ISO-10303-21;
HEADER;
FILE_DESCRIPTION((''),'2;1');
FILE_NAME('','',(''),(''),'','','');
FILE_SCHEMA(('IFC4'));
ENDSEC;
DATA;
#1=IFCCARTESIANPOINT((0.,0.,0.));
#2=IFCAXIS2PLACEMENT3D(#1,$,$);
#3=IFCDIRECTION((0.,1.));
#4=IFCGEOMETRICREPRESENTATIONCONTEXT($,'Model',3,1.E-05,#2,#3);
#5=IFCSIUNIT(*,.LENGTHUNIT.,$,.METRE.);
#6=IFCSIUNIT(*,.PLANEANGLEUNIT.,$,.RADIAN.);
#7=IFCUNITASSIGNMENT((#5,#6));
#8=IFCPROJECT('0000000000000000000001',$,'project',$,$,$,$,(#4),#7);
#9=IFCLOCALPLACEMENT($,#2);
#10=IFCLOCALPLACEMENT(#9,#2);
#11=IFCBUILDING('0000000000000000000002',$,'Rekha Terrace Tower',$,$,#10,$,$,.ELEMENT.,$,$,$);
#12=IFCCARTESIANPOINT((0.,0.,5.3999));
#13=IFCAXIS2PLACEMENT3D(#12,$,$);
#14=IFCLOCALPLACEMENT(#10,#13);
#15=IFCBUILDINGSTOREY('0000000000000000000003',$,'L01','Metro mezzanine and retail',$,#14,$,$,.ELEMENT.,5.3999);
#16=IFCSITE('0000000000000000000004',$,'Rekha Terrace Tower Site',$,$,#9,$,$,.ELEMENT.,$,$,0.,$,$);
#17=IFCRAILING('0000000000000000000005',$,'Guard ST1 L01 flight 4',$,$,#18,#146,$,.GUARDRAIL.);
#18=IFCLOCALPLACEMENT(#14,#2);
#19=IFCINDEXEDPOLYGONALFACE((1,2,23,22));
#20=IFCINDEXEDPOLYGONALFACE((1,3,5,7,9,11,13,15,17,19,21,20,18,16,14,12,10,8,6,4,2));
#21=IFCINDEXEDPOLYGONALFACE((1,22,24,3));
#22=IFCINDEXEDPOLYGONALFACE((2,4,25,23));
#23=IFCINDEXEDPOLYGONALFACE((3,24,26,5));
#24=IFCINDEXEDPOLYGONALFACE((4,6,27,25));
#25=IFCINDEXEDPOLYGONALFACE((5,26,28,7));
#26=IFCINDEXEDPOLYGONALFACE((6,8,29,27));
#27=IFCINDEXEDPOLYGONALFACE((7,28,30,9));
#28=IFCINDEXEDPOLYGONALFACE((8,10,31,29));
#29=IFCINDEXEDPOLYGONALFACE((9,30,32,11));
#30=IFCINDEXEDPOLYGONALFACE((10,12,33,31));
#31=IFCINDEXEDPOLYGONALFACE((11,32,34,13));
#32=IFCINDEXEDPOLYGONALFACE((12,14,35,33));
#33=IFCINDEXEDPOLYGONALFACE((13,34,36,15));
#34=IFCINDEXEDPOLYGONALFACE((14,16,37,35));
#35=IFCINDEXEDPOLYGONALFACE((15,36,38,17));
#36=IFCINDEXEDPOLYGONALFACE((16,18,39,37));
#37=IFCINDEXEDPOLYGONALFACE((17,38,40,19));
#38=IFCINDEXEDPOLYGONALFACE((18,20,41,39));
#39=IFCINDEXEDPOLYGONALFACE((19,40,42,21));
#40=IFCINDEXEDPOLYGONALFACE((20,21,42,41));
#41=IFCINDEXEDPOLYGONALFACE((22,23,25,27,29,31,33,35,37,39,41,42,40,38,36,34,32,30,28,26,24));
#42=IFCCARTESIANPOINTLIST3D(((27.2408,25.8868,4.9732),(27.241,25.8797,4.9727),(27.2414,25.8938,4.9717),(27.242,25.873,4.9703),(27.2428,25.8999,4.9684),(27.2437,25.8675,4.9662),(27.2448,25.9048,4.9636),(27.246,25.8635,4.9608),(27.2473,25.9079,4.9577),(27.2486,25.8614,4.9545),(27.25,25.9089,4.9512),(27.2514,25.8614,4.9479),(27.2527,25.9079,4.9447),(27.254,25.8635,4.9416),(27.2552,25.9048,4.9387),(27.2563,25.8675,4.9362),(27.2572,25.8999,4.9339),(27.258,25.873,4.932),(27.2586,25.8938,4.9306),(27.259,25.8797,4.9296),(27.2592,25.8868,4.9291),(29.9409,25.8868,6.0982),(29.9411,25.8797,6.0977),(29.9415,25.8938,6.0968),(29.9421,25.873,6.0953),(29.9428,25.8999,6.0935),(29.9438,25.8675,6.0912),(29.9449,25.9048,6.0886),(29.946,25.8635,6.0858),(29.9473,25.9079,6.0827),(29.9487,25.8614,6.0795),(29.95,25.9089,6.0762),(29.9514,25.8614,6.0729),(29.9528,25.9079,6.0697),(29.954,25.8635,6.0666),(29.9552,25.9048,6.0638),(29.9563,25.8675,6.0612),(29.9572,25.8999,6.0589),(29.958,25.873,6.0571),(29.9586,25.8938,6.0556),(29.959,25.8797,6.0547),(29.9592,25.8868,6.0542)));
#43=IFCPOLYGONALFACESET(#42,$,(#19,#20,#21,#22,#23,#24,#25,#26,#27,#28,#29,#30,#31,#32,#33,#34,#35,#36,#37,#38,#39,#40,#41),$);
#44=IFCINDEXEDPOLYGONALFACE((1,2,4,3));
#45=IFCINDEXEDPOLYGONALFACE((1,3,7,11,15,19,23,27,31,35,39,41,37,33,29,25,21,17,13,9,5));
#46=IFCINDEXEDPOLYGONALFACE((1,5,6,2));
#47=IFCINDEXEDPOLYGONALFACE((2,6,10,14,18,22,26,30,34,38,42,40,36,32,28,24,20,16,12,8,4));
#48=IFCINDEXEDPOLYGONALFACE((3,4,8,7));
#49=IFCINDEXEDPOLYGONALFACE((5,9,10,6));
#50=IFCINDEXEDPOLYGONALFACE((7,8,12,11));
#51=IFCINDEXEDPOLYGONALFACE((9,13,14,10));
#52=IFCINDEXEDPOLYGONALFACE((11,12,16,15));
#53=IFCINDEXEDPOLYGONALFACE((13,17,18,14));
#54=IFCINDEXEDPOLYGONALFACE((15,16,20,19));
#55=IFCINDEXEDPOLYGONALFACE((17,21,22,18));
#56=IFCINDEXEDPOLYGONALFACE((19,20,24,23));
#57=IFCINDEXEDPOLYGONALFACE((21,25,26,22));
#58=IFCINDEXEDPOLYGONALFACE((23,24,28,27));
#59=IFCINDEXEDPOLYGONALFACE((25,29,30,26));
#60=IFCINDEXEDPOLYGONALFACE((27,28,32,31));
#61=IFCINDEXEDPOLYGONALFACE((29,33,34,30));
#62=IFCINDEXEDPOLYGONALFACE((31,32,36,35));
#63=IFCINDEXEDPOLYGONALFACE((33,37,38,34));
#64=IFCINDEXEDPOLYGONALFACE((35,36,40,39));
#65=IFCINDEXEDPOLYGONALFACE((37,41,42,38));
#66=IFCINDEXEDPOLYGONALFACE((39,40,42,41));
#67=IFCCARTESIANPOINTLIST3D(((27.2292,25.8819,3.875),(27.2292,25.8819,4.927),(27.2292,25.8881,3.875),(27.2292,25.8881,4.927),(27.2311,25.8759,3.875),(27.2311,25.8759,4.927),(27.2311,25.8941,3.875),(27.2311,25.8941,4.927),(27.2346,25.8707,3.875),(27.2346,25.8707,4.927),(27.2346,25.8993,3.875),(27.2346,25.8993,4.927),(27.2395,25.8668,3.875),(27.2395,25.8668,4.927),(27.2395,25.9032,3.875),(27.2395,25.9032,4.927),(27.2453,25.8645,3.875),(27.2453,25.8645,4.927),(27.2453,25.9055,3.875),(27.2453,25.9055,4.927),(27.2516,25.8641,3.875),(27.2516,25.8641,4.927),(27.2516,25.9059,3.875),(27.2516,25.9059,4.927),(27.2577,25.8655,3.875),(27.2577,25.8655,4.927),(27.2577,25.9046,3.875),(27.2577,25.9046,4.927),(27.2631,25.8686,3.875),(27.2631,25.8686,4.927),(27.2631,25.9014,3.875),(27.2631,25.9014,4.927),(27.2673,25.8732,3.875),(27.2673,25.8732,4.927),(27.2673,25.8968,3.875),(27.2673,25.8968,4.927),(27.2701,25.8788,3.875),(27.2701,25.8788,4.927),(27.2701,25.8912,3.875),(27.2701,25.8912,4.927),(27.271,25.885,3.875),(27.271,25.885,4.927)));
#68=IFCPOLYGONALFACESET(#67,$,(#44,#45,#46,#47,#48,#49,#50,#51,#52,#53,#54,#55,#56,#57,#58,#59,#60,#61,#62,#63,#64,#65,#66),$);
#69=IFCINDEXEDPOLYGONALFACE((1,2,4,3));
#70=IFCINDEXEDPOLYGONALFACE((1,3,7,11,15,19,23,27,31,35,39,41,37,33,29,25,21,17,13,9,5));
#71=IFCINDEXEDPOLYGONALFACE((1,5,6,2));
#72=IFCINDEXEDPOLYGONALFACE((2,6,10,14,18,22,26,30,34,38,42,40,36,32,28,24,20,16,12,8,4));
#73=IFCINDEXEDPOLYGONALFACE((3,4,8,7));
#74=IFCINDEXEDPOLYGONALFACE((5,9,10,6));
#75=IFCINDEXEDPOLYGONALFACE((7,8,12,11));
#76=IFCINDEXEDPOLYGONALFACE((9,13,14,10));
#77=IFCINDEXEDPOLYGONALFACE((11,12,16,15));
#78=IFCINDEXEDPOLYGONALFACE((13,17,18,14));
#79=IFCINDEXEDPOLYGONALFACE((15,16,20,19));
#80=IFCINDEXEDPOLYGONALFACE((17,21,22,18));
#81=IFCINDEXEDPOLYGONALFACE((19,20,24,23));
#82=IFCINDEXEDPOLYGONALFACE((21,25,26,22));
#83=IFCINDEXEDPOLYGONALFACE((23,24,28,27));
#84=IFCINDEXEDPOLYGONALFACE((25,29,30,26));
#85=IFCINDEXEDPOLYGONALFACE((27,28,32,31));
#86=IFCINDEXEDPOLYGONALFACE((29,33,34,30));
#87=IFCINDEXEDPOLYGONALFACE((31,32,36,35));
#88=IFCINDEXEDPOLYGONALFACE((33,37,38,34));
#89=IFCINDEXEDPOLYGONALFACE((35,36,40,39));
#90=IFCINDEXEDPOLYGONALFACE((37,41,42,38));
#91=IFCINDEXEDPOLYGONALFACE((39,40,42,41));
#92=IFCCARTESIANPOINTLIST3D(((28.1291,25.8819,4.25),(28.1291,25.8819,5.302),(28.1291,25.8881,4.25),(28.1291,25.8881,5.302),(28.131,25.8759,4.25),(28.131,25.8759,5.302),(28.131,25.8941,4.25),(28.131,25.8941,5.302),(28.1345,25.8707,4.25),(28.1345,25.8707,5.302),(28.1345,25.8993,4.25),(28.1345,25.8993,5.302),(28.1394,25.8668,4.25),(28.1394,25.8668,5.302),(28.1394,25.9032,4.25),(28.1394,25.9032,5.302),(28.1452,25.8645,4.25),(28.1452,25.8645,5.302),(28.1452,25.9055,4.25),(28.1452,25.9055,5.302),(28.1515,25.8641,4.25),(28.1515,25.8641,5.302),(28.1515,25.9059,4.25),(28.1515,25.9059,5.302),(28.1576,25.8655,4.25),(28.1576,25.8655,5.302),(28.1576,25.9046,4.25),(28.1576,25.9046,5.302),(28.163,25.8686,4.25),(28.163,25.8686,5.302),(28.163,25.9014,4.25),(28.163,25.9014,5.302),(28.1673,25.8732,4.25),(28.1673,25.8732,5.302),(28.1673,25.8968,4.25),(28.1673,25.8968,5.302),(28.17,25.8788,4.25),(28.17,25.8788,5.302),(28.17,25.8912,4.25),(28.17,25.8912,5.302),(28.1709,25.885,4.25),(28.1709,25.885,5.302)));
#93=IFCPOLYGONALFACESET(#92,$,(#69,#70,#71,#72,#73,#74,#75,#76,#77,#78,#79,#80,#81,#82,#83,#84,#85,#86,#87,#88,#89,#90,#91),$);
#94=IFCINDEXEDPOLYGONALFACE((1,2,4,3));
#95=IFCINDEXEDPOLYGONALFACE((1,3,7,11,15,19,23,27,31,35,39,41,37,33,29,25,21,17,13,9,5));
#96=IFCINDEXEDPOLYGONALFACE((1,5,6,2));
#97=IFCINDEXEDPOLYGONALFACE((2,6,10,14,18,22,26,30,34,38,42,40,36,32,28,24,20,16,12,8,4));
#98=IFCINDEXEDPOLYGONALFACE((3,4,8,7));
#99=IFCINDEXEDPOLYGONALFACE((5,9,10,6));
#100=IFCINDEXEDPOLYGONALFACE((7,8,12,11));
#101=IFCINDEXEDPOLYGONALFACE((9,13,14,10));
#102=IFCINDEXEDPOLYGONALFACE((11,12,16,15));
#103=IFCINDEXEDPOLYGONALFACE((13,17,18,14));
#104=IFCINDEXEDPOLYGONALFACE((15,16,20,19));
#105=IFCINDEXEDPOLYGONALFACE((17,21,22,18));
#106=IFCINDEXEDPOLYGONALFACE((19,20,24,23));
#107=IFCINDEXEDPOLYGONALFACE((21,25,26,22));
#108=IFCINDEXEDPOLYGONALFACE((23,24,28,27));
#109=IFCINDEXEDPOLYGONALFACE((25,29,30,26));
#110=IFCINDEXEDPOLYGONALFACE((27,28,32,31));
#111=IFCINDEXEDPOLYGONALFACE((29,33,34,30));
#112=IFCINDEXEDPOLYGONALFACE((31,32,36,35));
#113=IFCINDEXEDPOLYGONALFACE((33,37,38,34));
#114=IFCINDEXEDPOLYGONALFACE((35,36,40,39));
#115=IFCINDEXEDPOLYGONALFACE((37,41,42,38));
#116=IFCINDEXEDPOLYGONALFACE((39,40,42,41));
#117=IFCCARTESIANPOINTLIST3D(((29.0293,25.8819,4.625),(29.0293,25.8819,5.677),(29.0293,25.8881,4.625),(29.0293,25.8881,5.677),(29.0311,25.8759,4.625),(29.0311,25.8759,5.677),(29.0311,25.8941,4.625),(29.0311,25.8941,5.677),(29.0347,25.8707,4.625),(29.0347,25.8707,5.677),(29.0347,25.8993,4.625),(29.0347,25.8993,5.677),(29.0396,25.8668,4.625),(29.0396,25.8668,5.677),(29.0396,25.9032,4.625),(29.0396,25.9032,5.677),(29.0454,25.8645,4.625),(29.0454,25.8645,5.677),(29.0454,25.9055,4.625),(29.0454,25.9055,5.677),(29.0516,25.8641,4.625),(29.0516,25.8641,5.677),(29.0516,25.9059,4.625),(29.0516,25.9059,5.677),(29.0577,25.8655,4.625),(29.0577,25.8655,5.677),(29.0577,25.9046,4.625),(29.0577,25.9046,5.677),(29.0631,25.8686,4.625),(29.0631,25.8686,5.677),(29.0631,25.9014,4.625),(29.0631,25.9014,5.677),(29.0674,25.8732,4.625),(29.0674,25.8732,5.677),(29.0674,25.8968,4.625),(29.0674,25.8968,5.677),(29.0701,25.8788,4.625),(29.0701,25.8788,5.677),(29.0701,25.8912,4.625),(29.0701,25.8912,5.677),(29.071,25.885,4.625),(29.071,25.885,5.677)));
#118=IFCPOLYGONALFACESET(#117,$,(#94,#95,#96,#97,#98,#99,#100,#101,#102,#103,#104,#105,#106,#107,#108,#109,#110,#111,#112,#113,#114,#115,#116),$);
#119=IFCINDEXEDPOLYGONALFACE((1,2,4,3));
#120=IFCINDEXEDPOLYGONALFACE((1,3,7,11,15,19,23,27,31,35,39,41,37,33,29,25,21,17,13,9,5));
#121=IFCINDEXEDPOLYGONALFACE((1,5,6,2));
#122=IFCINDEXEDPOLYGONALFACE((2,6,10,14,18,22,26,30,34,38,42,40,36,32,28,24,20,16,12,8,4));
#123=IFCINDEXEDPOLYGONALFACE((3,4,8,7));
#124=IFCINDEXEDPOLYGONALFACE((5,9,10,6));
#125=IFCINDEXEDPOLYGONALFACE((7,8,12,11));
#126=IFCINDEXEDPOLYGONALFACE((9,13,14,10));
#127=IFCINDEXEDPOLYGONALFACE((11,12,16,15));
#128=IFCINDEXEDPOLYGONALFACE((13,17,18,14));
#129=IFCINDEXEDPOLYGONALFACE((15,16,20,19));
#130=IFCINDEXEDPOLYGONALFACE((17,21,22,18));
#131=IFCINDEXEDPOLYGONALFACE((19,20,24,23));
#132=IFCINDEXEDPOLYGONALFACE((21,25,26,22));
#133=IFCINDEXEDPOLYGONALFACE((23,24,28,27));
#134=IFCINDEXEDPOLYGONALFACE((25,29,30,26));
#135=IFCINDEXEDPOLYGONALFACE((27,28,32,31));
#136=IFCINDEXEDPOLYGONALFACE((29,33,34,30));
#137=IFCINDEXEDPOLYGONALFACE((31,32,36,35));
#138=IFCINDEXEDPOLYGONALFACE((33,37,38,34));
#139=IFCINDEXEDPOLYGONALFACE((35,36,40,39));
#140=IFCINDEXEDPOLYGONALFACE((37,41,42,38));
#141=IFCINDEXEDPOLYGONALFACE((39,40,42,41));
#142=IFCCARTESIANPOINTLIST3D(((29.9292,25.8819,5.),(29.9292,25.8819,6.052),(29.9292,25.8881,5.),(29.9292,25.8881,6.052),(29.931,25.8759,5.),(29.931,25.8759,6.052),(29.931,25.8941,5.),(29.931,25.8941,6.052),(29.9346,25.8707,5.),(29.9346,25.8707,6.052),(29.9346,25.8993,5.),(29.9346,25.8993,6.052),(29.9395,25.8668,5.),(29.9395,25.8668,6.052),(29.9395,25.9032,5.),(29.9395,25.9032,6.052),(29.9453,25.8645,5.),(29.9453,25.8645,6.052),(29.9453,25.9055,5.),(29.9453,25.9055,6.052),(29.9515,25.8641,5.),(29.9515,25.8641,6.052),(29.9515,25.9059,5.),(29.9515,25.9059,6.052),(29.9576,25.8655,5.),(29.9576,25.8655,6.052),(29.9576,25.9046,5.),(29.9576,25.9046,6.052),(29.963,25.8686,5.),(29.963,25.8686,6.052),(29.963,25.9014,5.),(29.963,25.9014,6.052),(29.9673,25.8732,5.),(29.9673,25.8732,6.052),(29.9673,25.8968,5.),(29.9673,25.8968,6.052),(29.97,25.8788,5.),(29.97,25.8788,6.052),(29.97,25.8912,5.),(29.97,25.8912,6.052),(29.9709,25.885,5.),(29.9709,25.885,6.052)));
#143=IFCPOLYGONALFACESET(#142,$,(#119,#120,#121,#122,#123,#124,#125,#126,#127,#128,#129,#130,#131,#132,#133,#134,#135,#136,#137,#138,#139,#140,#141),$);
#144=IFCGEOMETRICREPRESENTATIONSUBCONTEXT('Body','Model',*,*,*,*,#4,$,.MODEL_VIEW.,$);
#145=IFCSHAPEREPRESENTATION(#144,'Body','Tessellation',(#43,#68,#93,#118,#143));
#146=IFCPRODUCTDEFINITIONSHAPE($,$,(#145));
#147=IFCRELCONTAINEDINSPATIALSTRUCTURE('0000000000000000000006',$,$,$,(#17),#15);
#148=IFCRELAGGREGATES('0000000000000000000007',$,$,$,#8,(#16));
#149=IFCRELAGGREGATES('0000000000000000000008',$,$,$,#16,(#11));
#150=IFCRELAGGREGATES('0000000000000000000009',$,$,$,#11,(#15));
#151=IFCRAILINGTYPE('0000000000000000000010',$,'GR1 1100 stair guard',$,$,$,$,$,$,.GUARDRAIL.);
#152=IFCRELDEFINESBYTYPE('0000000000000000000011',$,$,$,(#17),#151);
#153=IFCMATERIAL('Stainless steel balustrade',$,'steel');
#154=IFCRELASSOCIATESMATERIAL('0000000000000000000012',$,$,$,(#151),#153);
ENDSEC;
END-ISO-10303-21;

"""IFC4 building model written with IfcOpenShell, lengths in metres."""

from ifc_helpers import new_model, si_unit, direction, frame, origin, origin_2d, place, context, subcontext, project, spatial, circle, extrude, material, type_object, element, save


model = new_model("IFC4")

# Units and contexts
model_context = context("Model", 3, precision=1e-05, world=origin(), true_north=direction((0.0, 1.0)))
body_context = subcontext(model_context, "Body", "Model", "MODEL_VIEW")
ifc_project = project(units=[si_unit("LENGTHUNIT", "METRE"), si_unit("PLANEANGLEUNIT", "RADIAN")], contexts=[model_context])

# Site, building, storey
site_placement = place(None, origin())
site = spatial("IfcSite", under=ifc_project, at=site_placement, Name="Rekha Terrace Tower Site", CompositionType="ELEMENT", RefElevation=0.0)
building_placement = place(site_placement, origin())
building = spatial("IfcBuilding", under=site, at=building_placement, Name="Rekha Terrace Tower", CompositionType="ELEMENT")
storey_placement = place(building_placement, frame((0.0, 0.0, 5.3999)))
storey = spatial("IfcBuildingStorey", under=building, at=storey_placement, Name="L01", Description="Metro mezzanine and retail", CompositionType="ELEMENT", Elevation=5.3999)

# Railing
ifc_material_1 = material(Name="Stainless steel balustrade", Category="steel")
railing_type_1 = type_object("IfcRailingType", Name="GR1 1100 stair guard", PredefinedType="GUARDRAIL", material=ifc_material_1)
railing_1_placement = place(storey_placement, frame((27.25, 25.885, 3.875)))
element("IfcRailing", 1, at=railing_1_placement, inside=storey, type_object=railing_type_1, Name="Guard ST1 L01 flight 4", PredefinedType="GUARDRAIL", context=body_context, shape_type="SweptSolid", body=[
    extrude(circle(Radius=0.0239, at=origin_2d()), frame((0.0, 0.0, 1.0762), z_axis=(0.923074, 0.0, 0.384621), x_axis=(0.0, 1.0, 0.0)), (0.0, 0.0, 1.0), 2.925),
    extrude(circle(Radius=0.021, at=origin_2d()), origin(), (0.0, 0.0, 1.0), 1.052),
    extrude(circle(Radius=0.021, at=origin_2d()), frame((0.8999, 0.0, 0.375)), (0.0, 0.0, 1.0), 1.052),
    extrude(circle(Radius=0.021, at=origin_2d()), frame((1.8, 0.0, 0.75)), (0.0, 0.0, 1.0), 1.052),
    extrude(circle(Radius=0.021, at=origin_2d()), frame((2.7, 0.0, 1.125)), (0.0, 0.0, 1.0), 1.052),
])

save(model, "model.ifc")
